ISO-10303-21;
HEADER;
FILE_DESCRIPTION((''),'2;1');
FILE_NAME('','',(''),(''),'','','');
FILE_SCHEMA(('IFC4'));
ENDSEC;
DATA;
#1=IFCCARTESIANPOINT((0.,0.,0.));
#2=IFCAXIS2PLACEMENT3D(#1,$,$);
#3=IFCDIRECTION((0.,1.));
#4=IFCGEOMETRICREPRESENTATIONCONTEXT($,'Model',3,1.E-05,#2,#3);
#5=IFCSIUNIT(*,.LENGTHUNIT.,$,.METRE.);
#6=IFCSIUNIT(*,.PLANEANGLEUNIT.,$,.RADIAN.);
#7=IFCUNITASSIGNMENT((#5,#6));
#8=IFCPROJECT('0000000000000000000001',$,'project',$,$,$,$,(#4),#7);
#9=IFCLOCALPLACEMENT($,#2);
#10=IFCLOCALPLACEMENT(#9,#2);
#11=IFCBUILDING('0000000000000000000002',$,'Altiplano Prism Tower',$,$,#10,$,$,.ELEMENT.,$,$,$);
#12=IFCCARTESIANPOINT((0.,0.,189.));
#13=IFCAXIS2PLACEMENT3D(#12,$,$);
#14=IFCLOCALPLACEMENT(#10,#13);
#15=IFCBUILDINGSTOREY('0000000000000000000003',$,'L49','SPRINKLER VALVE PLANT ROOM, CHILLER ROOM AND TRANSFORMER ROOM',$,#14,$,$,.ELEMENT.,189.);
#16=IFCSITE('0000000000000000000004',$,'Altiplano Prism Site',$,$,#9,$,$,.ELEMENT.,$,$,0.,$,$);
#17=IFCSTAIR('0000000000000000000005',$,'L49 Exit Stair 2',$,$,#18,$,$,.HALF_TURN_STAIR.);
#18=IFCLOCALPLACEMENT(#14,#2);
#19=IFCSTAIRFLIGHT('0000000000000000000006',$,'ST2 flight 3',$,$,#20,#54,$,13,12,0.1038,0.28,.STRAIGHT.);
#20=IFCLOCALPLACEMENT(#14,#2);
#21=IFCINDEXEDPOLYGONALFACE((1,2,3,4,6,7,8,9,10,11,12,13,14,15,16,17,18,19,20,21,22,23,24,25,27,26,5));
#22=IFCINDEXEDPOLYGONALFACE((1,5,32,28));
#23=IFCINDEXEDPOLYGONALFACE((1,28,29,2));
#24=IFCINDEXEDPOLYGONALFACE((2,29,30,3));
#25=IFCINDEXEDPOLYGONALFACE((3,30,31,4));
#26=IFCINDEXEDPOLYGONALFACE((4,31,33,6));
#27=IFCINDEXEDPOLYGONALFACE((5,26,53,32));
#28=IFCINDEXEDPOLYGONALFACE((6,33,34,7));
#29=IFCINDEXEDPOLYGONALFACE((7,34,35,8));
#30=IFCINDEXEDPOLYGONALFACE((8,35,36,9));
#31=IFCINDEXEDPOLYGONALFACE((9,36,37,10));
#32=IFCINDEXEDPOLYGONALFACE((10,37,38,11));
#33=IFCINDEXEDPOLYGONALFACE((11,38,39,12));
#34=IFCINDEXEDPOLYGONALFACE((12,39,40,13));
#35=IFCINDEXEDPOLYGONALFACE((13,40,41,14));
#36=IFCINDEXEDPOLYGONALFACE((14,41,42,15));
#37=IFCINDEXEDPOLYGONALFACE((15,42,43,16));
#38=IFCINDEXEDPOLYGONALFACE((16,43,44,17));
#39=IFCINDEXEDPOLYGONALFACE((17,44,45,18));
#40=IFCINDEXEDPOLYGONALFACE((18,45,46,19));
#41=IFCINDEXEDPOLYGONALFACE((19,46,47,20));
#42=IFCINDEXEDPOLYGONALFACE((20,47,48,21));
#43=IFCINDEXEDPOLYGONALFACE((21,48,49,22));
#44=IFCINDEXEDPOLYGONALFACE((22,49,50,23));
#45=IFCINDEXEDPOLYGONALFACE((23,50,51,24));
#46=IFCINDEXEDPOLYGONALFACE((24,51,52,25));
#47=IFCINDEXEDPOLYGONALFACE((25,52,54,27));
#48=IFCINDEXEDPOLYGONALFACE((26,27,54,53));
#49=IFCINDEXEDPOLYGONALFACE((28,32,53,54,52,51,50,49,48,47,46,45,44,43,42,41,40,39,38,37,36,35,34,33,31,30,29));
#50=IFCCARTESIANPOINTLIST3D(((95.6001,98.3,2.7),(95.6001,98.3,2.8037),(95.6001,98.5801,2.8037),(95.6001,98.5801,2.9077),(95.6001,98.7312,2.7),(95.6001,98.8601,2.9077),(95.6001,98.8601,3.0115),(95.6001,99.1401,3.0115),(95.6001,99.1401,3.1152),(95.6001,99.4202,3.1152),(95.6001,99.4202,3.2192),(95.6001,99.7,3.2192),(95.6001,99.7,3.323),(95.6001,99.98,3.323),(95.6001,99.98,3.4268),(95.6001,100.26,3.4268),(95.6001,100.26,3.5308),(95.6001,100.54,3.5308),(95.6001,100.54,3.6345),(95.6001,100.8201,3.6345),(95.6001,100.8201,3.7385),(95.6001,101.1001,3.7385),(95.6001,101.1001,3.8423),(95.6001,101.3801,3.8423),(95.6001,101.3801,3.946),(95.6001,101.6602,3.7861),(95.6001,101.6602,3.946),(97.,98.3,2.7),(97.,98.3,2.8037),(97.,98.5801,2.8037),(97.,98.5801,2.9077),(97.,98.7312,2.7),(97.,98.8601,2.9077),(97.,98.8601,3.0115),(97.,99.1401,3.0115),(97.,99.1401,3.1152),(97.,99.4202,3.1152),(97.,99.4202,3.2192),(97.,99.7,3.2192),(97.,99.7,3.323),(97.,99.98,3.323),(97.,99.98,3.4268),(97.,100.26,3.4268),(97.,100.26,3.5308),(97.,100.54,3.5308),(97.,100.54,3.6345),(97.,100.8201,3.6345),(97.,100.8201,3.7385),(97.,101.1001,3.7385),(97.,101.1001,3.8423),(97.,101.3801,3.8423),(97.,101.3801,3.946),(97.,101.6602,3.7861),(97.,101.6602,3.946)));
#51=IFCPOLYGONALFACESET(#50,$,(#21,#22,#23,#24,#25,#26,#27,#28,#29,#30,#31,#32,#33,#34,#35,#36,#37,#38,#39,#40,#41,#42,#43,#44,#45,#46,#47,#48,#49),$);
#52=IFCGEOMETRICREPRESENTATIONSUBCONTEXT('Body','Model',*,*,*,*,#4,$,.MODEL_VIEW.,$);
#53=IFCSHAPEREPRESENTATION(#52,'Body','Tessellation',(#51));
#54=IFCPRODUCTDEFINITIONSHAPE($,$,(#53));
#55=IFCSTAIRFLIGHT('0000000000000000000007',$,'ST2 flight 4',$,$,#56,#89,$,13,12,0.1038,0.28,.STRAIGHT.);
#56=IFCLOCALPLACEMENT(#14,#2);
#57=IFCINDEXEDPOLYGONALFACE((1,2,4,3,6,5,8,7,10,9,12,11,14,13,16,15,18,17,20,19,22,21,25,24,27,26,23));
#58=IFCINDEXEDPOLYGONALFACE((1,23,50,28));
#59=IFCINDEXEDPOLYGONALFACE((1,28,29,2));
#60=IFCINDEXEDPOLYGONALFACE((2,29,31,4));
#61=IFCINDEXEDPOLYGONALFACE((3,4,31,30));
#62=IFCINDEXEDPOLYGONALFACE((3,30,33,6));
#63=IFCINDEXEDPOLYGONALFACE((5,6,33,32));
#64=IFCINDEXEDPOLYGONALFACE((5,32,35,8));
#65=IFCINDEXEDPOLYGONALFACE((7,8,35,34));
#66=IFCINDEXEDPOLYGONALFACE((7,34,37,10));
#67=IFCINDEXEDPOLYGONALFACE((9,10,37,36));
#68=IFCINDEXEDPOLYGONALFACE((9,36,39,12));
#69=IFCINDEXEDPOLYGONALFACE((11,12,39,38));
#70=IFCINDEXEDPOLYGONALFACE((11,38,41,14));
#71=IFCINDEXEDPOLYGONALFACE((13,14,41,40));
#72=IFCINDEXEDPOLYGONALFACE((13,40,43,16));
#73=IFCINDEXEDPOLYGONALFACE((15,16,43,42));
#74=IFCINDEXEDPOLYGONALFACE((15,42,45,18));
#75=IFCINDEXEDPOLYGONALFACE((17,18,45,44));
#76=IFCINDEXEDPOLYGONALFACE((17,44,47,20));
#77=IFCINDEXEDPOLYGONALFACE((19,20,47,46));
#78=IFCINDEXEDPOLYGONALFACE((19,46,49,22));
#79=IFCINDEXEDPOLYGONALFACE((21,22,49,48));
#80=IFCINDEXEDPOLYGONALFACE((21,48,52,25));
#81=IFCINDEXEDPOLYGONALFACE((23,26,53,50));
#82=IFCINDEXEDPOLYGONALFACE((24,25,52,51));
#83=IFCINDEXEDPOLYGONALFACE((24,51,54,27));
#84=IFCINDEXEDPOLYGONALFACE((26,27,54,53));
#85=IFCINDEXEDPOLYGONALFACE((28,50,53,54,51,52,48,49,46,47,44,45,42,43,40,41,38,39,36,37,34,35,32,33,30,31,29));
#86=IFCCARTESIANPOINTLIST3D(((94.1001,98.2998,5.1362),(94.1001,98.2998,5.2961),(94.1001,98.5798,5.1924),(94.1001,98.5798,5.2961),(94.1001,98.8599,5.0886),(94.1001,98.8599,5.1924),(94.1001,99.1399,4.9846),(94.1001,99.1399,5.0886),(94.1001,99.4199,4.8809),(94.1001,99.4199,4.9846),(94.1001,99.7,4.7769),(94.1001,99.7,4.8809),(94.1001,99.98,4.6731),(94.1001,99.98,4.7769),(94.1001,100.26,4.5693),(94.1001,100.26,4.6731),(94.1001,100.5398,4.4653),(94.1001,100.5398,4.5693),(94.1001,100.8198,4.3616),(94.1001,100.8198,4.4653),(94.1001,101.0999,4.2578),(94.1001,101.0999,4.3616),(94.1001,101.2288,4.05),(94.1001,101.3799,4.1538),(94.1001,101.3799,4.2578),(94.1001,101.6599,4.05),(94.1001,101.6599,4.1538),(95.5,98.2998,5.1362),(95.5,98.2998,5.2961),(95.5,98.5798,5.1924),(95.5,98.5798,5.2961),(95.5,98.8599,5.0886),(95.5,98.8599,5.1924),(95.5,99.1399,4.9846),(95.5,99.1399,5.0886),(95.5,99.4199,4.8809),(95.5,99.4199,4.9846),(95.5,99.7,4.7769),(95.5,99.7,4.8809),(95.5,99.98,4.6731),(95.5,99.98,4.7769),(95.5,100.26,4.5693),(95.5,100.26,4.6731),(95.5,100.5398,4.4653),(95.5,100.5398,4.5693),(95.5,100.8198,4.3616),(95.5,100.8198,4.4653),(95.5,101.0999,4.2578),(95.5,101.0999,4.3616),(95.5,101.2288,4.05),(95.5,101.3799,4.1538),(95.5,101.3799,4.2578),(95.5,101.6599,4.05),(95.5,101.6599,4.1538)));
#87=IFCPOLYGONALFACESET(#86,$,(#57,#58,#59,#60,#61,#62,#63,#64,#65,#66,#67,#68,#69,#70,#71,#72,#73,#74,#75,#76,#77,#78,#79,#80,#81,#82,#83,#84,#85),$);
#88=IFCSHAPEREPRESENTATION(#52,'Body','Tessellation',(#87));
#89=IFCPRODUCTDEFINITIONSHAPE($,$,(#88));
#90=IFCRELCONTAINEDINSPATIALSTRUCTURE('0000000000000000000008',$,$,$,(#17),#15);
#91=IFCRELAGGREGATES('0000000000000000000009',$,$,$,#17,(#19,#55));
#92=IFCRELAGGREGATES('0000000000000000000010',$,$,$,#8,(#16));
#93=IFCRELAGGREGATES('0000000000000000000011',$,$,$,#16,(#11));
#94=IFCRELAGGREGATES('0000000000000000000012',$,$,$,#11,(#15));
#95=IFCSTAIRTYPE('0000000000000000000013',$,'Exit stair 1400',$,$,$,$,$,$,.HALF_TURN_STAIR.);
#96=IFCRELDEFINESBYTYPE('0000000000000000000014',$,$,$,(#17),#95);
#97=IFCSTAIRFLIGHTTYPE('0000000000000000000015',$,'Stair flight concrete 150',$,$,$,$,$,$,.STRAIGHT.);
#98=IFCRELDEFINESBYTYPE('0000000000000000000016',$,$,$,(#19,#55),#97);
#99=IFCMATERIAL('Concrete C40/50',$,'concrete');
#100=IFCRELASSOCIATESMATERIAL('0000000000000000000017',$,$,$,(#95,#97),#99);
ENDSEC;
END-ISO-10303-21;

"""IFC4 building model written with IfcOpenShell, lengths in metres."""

from ifc_helpers import new_model, si_unit, direction, frame, origin, place, context, subcontext, project, spatial, polyline, outline, extrude, material, type_object, element, aggregate, save


model = new_model("IFC4")

# Units and contexts
model_context = context("Model", 3, precision=1e-05, world=origin(), true_north=direction((0.0, 1.0)))
body_context = subcontext(model_context, "Body", "Model", "MODEL_VIEW")
ifc_project = project(units=[si_unit("LENGTHUNIT", "METRE"), si_unit("PLANEANGLEUNIT", "RADIAN")], contexts=[model_context])

# Site, building, storey
site_placement = place(None, origin())
site = spatial("IfcSite", under=ifc_project, at=site_placement, Name="Altiplano Prism Site", CompositionType="ELEMENT", RefElevation=0.0)
building_placement = place(site_placement, origin())
building = spatial("IfcBuilding", under=site, at=building_placement, Name="Altiplano Prism Tower", CompositionType="ELEMENT")
storey_placement = place(building_placement, frame((0.0, 0.0, 189.0)))
storey = spatial("IfcBuildingStorey", under=building, at=storey_placement, Name="L49", Description="SPRINKLER VALVE PLANT ROOM, CHILLER ROOM AND TRANSFORMER ROOM", CompositionType="ELEMENT", Elevation=189.0)

# Stair, stair flights
ifc_material_1 = material(Name="Concrete C40/50", Category="concrete")
stair_type = type_object("IfcStairType", Name="Exit stair 1400", PredefinedType="HALF_TURN_STAIR", material=ifc_material_1)
stair_placement = place(storey_placement, origin())
stair = element("IfcStair", 1, at=stair_placement, inside=storey, type_object=stair_type, Name="L49 Exit Stair 2", PredefinedType="HALF_TURN_STAIR")
stair_flight_type = type_object("IfcStairFlightType", Name="Stair flight concrete 150", PredefinedType="STRAIGHT", material=ifc_material_1)
stair_flight_1_placement = place(storey_placement, frame((96.3, 98.3, 2.7), z_axis=(0.0, 0.0, 1.0), x_axis=(0.0, 1.0, 0.0)))
stair_flight_1 = element("IfcStairFlight", 2, at=stair_flight_1_placement, type_object=stair_flight_type, Name="ST2 flight 3", NumberOfRisers=13, NumberOfTreads=12, PredefinedType="STRAIGHT", RiserHeight=0.1038, TreadLength=0.28, context=body_context, shape_type="SweptSolid", body=[
    extrude(outline(polyline([(0.0, 0.0), (0.0, 0.1038), (0.28, 0.1038), (0.28, 0.2078), (0.5601, 0.2078), (0.5601, 0.3115), (0.8401, 0.3115), (0.8401, 0.4153), (1.1201, 0.4153), (1.1201, 0.5193), (1.3999, 0.5193), (1.3999, 0.623), (1.6799, 0.623), (1.6799, 0.7268), (1.96, 0.7268), (1.96, 0.8308), (2.24, 0.8308), (2.24, 0.9346), (2.52, 0.9346), (2.52, 1.0386), (2.8, 1.0386), (2.8, 1.1423), (3.0801, 1.1423), (3.0801, 1.2461), (3.3601, 1.2461), (3.3601, 1.3501), (3.3601, 1.0862), (0.4312, 0.0), (0.0, 0.0)])), frame((0.0, 0.7, 0.0), z_axis=(0.0, -1.0, 0.0), x_axis=(1.0, 0.0, 0.0)), (0.0, 0.0, 1.0), 1.3999),
])
stair_flight_2_placement = place(storey_placement, frame((94.8, 101.6599, 4.05), z_axis=(0.0, 0.0, 1.0), x_axis=(0.0, -1.0, 0.0)))
stair_flight_2 = element("IfcStairFlight", 3, at=stair_flight_2_placement, type_object=stair_flight_type, Name="ST2 flight 4", NumberOfRisers=13, NumberOfTreads=12, PredefinedType="STRAIGHT", RiserHeight=0.1038, TreadLength=0.28, context=body_context, shape_type="SweptSolid", body=[
    extrude(outline(polyline([(0.0, 0.0), (0.0, 0.1038), (0.28, 0.1038), (0.28, 0.2078), (0.5601, 0.2078), (0.5601, 0.3115), (0.8401, 0.3115), (0.8401, 0.4153), (1.1201, 0.4153), (1.1201, 0.5193), (1.3999, 0.5193), (1.3999, 0.623), (1.6799, 0.623), (1.6799, 0.7268), (1.96, 0.7268), (1.96, 0.8308), (2.24, 0.8308), (2.24, 0.9346), (2.52, 0.9346), (2.52, 1.0386), (2.8, 1.0386), (2.8, 1.1423), (3.0801, 1.1423), (3.0801, 1.2461), (3.3601, 1.2461), (3.3601, 1.3501), (3.3601, 1.0862), (0.4312, 0.0), (0.0, 0.0)])), frame((0.0, 0.7, 0.0), z_axis=(0.0, -1.0, 0.0), x_axis=(1.0, 0.0, 0.0)), (0.0, 0.0, 1.0), 1.3999),
])
aggregate(stair, [stair_flight_1, stair_flight_2])

save(model, "model.ifc")
